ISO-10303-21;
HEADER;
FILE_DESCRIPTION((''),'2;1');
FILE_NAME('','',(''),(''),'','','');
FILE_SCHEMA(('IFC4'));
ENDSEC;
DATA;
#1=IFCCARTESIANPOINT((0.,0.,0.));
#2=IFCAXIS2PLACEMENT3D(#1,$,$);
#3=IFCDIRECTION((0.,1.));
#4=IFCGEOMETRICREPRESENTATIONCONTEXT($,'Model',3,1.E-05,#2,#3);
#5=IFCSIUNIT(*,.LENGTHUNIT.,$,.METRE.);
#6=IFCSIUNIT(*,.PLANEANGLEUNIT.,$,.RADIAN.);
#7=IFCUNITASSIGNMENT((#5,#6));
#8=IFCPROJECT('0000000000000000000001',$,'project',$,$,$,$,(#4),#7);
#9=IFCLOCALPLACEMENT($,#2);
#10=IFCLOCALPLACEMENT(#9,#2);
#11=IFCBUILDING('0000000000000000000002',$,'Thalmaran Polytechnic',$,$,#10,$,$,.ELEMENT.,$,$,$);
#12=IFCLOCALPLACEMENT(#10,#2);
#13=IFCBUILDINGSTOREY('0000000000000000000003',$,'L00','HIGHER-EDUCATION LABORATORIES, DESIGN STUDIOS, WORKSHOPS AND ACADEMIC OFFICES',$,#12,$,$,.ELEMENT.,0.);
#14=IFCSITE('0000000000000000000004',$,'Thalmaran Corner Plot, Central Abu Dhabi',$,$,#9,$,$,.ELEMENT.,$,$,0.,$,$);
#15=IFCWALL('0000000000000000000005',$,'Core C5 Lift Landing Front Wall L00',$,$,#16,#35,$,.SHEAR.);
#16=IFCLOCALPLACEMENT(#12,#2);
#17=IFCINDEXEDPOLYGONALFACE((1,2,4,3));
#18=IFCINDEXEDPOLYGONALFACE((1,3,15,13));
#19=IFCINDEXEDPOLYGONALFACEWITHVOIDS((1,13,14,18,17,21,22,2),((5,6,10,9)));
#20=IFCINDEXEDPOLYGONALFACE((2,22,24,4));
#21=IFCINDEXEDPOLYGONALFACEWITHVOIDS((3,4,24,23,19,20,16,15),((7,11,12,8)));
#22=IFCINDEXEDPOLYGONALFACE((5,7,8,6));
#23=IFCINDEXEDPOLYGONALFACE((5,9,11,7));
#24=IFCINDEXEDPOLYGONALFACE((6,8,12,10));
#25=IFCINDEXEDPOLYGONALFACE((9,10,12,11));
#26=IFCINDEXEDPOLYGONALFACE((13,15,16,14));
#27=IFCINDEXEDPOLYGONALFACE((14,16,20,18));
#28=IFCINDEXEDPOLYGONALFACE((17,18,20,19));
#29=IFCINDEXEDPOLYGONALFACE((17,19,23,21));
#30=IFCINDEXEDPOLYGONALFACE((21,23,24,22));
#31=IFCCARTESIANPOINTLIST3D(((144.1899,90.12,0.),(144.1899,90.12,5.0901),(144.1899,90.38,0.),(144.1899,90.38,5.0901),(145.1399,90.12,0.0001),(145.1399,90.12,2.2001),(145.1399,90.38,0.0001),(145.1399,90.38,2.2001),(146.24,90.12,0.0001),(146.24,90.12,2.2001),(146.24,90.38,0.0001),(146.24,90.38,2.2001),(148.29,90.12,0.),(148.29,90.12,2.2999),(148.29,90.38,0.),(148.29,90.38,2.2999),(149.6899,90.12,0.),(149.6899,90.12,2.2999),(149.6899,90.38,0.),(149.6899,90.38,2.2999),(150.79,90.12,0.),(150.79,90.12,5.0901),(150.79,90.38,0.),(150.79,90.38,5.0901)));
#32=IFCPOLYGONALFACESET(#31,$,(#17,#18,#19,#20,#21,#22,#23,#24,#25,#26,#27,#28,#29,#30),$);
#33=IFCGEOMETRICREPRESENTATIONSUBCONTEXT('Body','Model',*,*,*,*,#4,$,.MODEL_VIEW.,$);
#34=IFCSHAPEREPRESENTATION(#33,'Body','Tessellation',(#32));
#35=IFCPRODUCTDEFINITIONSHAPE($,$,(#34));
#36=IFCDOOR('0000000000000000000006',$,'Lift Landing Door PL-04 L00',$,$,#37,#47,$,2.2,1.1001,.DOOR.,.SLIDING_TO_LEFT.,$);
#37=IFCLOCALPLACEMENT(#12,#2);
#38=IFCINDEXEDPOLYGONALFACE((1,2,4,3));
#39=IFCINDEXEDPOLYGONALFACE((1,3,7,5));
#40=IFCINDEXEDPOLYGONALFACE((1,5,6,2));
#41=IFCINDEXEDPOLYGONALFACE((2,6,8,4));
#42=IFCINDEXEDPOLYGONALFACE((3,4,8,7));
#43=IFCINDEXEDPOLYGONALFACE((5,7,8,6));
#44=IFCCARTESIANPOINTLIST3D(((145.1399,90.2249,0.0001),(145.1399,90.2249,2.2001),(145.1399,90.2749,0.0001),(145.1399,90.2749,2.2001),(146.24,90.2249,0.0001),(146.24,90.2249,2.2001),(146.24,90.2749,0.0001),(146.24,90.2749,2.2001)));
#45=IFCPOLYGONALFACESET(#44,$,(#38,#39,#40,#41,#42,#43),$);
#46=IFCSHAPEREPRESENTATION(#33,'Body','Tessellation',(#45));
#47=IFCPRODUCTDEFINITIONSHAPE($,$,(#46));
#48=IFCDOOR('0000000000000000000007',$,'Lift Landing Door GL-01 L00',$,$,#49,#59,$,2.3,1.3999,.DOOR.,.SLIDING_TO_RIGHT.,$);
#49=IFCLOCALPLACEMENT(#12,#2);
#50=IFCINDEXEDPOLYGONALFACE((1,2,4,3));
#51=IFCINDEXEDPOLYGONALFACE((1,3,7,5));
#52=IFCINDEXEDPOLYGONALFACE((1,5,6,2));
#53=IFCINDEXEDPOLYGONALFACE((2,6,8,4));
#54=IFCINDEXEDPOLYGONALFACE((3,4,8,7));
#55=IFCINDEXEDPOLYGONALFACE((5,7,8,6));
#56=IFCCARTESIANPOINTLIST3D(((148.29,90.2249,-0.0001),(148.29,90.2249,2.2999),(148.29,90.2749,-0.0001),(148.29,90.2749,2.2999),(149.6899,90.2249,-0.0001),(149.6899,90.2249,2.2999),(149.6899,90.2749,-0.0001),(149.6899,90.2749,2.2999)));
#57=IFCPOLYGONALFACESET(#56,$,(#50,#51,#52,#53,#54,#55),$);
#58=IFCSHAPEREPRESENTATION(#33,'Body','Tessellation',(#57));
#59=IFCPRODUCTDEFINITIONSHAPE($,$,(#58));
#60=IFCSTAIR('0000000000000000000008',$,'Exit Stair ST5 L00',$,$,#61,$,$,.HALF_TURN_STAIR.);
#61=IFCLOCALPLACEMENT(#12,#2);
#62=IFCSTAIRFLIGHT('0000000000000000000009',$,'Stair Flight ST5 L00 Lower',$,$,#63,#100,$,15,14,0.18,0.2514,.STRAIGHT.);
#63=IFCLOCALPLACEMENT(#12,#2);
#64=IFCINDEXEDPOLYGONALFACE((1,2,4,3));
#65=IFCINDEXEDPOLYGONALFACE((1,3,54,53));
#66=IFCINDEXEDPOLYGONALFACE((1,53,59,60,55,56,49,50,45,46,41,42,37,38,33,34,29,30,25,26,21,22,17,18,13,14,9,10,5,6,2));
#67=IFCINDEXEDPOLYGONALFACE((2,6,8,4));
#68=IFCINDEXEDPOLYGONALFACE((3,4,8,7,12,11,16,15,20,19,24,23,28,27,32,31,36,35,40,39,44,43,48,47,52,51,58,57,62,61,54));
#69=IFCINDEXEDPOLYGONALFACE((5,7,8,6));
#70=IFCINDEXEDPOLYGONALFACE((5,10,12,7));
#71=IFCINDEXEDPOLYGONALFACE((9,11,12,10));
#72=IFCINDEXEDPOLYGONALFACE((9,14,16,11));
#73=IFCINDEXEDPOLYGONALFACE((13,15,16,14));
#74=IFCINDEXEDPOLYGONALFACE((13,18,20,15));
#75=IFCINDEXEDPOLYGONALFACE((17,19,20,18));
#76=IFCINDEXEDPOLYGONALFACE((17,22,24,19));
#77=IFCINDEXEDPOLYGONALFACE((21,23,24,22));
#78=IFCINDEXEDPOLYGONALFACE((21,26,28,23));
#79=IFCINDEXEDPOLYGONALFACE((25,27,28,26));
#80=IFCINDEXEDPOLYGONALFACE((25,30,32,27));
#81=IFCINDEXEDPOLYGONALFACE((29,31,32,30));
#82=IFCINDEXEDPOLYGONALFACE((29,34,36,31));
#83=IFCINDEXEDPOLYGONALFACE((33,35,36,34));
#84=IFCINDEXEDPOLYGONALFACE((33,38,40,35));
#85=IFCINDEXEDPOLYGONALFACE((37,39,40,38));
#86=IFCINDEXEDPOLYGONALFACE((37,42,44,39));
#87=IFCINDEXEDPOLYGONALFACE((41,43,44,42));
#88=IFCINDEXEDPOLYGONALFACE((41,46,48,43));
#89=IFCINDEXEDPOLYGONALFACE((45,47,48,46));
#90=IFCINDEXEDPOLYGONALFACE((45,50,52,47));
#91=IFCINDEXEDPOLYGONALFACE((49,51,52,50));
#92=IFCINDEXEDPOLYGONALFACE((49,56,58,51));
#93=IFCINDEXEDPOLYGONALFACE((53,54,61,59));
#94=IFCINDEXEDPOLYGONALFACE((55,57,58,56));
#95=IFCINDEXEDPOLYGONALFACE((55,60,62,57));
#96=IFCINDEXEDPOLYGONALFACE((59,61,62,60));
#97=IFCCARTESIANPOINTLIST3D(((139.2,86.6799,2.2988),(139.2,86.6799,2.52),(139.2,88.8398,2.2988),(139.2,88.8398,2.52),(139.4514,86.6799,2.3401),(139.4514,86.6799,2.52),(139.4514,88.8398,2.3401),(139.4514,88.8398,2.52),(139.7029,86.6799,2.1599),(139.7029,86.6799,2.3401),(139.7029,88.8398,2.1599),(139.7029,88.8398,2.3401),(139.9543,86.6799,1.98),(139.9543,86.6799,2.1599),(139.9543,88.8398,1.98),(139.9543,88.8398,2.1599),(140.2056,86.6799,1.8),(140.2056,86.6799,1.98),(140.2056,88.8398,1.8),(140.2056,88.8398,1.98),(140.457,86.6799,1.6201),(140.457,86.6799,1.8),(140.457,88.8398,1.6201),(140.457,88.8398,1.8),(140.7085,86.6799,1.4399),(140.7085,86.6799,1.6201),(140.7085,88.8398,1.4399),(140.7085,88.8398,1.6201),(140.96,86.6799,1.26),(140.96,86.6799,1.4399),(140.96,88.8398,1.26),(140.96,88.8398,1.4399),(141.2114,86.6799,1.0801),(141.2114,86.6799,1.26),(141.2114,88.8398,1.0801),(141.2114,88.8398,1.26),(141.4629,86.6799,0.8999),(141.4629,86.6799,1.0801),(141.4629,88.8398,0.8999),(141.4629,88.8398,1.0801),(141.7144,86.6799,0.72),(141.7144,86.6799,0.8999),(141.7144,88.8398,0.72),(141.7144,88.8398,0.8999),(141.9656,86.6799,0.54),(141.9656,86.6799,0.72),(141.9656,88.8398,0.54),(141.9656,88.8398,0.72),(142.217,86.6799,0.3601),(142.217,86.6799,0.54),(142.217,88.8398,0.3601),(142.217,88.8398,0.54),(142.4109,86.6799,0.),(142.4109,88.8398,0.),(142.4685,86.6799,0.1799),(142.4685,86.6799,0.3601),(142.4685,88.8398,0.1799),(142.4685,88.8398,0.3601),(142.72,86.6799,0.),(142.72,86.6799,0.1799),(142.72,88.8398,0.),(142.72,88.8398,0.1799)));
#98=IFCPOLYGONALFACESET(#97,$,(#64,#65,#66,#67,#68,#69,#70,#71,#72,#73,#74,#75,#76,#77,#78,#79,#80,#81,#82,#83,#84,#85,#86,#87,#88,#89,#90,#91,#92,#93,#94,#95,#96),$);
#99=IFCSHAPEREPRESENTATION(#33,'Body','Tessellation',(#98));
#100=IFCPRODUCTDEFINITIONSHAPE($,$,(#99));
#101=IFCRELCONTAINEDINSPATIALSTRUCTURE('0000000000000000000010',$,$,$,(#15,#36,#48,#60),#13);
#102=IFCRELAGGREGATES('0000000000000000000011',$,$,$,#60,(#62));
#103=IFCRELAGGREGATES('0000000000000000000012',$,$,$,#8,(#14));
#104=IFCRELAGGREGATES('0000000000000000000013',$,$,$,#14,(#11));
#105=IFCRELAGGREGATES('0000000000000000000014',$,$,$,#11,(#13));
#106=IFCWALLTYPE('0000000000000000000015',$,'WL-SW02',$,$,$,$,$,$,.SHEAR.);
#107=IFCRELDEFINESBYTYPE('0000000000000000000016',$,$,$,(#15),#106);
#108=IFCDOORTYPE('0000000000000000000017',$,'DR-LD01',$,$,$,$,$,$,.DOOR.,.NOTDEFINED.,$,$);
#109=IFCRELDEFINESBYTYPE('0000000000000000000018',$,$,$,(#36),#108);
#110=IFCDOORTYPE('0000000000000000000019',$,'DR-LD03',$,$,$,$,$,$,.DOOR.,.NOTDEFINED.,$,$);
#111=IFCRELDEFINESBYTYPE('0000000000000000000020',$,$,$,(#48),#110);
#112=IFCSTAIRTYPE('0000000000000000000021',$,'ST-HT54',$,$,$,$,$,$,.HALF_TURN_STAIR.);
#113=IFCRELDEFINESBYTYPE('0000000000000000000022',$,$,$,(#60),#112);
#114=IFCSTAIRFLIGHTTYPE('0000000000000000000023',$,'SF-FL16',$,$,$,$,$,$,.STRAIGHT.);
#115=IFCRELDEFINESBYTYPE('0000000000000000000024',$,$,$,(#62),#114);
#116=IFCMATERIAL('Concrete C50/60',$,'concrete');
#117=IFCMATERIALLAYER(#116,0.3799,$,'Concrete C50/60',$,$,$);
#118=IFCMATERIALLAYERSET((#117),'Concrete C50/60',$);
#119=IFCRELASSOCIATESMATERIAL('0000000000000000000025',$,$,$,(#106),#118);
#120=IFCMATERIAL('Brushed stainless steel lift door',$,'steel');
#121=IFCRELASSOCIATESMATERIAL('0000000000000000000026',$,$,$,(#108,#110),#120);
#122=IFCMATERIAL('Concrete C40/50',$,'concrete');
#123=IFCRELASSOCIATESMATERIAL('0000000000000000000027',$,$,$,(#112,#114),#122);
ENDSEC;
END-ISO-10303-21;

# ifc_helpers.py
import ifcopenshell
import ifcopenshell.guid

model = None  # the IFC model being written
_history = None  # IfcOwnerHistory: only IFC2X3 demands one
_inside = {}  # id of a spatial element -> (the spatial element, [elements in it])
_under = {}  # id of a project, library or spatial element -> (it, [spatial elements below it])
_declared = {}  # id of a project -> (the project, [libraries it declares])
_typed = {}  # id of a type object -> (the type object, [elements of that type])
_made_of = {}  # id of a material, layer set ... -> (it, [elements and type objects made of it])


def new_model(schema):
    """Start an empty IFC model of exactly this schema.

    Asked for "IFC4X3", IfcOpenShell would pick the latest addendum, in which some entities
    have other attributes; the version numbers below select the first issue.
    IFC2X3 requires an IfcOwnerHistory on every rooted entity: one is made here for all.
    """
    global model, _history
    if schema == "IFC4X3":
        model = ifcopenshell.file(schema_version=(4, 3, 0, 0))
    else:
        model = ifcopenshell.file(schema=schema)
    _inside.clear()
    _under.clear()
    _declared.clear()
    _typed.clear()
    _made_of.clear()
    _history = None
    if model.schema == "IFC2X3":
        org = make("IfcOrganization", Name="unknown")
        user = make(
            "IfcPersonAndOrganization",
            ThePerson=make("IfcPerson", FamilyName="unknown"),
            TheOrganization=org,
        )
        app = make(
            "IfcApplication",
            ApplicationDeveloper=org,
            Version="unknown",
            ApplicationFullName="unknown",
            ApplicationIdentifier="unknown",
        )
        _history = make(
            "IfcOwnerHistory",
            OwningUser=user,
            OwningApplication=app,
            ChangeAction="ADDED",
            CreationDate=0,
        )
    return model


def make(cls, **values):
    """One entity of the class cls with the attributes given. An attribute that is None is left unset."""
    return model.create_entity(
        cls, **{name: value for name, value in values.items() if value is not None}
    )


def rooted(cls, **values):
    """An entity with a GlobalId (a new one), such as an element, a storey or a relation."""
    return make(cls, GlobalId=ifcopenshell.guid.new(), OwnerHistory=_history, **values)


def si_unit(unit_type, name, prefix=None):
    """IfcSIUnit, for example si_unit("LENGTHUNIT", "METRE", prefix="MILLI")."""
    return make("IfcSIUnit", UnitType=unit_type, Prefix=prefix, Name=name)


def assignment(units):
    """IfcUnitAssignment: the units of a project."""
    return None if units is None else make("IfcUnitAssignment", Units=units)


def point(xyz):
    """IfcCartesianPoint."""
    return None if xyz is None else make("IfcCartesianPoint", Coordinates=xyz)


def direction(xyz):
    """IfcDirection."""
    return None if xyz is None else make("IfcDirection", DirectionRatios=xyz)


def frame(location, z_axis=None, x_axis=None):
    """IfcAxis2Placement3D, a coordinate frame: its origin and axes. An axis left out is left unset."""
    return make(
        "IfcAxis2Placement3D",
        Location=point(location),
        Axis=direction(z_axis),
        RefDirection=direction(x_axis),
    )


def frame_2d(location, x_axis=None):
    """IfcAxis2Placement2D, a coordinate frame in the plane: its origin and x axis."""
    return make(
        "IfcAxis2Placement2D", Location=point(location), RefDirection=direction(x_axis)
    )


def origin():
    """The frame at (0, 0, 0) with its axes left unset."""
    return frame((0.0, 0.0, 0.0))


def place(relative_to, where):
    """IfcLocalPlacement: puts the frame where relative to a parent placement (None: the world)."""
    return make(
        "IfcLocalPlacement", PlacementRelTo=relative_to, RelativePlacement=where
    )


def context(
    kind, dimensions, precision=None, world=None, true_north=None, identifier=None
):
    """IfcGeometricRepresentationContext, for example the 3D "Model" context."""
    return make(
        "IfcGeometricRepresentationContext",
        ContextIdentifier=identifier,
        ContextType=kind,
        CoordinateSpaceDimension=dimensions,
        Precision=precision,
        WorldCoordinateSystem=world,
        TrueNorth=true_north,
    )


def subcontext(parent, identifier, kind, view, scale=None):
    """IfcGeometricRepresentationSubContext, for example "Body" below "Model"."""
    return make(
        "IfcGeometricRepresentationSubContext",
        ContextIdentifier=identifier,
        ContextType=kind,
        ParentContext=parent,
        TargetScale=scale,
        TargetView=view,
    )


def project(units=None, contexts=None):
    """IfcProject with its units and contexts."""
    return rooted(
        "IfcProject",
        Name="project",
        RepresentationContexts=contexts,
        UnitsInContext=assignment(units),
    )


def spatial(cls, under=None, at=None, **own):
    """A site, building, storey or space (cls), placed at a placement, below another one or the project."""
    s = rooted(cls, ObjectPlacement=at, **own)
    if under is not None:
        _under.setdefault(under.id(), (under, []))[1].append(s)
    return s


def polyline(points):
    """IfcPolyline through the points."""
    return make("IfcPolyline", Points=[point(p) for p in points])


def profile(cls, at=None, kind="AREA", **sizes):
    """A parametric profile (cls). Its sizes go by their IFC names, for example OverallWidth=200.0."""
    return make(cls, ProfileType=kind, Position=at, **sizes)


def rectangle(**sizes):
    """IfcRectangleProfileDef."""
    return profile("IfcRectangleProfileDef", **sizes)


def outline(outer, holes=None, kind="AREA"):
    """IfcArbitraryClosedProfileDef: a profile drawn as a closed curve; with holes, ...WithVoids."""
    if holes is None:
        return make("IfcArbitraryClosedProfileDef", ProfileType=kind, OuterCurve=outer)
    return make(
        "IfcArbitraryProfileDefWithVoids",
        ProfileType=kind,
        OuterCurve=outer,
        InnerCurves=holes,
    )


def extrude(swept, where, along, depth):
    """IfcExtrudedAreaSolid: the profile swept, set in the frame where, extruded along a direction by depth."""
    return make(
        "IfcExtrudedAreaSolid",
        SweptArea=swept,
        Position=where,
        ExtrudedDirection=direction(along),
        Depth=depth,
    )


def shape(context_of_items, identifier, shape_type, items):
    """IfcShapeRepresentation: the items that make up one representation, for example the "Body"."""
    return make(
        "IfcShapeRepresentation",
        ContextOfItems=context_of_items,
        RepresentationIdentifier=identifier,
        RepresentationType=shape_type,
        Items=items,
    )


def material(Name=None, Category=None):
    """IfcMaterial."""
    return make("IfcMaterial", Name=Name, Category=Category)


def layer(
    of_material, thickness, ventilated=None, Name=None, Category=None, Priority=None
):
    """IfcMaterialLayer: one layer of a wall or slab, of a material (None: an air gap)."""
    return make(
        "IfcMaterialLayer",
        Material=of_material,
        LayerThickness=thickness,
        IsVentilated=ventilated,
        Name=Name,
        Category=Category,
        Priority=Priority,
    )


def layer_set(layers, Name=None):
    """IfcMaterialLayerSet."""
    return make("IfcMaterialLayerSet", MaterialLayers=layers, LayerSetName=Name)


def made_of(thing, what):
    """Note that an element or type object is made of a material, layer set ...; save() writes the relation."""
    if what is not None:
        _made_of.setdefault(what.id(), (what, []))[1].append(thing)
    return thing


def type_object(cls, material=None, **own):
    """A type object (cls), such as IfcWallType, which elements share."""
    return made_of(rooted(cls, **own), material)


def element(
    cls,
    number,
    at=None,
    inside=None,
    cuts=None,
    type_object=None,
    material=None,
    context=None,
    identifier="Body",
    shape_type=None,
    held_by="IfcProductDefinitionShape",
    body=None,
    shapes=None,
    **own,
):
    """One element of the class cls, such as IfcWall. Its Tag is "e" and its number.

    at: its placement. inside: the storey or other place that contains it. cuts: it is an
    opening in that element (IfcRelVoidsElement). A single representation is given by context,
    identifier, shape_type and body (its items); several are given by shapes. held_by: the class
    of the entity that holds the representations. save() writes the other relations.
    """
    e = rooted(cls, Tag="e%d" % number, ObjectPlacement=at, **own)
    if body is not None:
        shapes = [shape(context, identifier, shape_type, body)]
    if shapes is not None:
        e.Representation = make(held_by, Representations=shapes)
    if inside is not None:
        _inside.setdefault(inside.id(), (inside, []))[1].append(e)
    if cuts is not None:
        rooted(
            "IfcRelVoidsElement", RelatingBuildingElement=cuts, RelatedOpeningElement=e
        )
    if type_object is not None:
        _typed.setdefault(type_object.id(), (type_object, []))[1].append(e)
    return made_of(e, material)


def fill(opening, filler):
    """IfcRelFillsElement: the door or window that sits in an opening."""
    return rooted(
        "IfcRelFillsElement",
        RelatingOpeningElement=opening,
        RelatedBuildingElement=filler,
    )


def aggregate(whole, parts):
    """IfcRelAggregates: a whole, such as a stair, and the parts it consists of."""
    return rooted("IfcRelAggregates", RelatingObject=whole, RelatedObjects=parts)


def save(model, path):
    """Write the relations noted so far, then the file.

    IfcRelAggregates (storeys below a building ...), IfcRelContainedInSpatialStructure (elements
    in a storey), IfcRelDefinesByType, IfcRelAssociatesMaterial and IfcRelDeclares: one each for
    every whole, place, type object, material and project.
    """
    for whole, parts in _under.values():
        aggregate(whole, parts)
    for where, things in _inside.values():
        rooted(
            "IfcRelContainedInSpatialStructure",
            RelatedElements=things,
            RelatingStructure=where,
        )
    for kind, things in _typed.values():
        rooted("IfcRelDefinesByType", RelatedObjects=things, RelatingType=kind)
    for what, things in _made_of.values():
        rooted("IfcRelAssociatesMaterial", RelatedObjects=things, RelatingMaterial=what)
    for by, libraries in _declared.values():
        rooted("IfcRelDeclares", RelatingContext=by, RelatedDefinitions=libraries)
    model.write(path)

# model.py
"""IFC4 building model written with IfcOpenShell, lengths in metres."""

from ifc_helpers import new_model, si_unit, direction, frame, frame_2d, origin, place, context, subcontext, project, spatial, polyline, rectangle, outline, extrude, material, layer, layer_set, type_object, element, fill, aggregate, save


model = new_model("IFC4")

# Units and contexts
model_context = context("Model", 3, precision=1e-05, world=origin(), true_north=direction((0.0, 1.0)))
body_context = subcontext(model_context, "Body", "Model", "MODEL_VIEW")
ifc_project = project(units=[si_unit("LENGTHUNIT", "METRE"), si_unit("PLANEANGLEUNIT", "RADIAN")], contexts=[model_context])

# Site, building, storey
site_placement = place(None, origin())
site = spatial("IfcSite", under=ifc_project, at=site_placement, Name="Thalmaran Corner Plot, Central Abu Dhabi", CompositionType="ELEMENT", RefElevation=0.0)
building_placement = place(site_placement, origin())
building = spatial("IfcBuilding", under=site, at=building_placement, Name="Thalmaran Polytechnic", CompositionType="ELEMENT")
storey_placement = place(building_placement, origin())
storey = spatial("IfcBuildingStorey", under=building, at=storey_placement, Name="L00", Description="HIGHER-EDUCATION LABORATORIES, DESIGN STUDIOS, WORKSHOPS AND ACADEMIC OFFICES", CompositionType="ELEMENT", Elevation=0.0)

# Shared definitions
ifc_material_1 = material(Name="Concrete C50/60", Category="concrete")

# Shared definitions
ifc_material_2 = material(Name="Concrete C40/50", Category="concrete")

# Shared definitions
ifc_layer_1 = layer(ifc_material_1, 0.3799, Name="Concrete C50/60")
ifc_layer_set_1 = layer_set([ifc_layer_1], Name="Concrete C50/60")
wall_type_1 = type_object("IfcWallType", Name="WL-SW02", PredefinedType="SHEAR", material=ifc_layer_set_1)

# Wall, openings, doors
wall_1_placement = place(storey_placement, frame((144.1899, 90.25, 0.0), z_axis=(0.0, 0.0, 1.0), x_axis=(1.0, 0.0, 0.0)))
wall_1 = element("IfcWall", 1, at=wall_1_placement, inside=storey, type_object=wall_type_1, Name="Core C5 Lift Landing Front Wall L00", PredefinedType="SHEAR", context=body_context, shape_type="SweptSolid", body=[
    extrude(rectangle(XDim=6.6001, YDim=0.26, at=frame_2d((3.3, 0.0))), origin(), (0.0, 0.0, 1.0), 5.0901),
])
opening_1_placement = place(wall_1_placement, frame((0.95, 0.0, 0.0)))
opening_1 = element("IfcOpeningElement", 2, at=opening_1_placement, cuts=wall_1, PredefinedType="OPENING", context=body_context, shape_type="SweptSolid", body=[
    extrude(rectangle(XDim=1.1001, YDim=2.2, at=frame_2d((0.55, 1.1001))), frame((0.0, 0.1399, 0.0), z_axis=(0.0, -1.0, 0.0), x_axis=(1.0, 0.0, 0.0)), (0.0, 0.0, 1.0), 0.28),
])
opening_2_placement = place(wall_1_placement, frame((4.1001, 0.0, 0.0)))
opening_2 = element("IfcOpeningElement", 3, at=opening_2_placement, cuts=wall_1, PredefinedType="OPENING", context=body_context, shape_type="SweptSolid", body=[
    extrude(rectangle(XDim=1.3999, YDim=2.3, at=frame_2d((0.7, 1.1499))), frame((0.0, 0.1399, 0.0), z_axis=(0.0, -1.0, 0.0), x_axis=(1.0, 0.0, 0.0)), (0.0, 0.0, 1.0), 0.28),
])
ifc_material_3 = material(Name="Brushed stainless steel lift door", Category="steel")
door_type_1 = type_object("IfcDoorType", Name="DR-LD01", OperationType="NOTDEFINED", PredefinedType="DOOR", material=ifc_material_3)
door_1_placement = place(opening_1_placement, origin())
door_1 = element("IfcDoor", 4, at=door_1_placement, inside=storey, type_object=door_type_1, Name="Lift Landing Door PL-04 L00", OperationType="SLIDING_TO_LEFT", OverallHeight=2.2, OverallWidth=1.1001, PredefinedType="DOOR", context=body_context, shape_type="SweptSolid", body=[
    extrude(rectangle(XDim=1.1001, YDim=2.2, at=frame_2d((0.55, 1.1001))), frame((0.0, 0.0249, 0.0), z_axis=(0.0, -1.0, 0.0), x_axis=(1.0, 0.0, 0.0)), (0.0, 0.0, 1.0), 0.05),
])
fill(opening_1, door_1)
door_type_2 = type_object("IfcDoorType", Name="DR-LD03", OperationType="NOTDEFINED", PredefinedType="DOOR", material=ifc_material_3)
door_2_placement = place(opening_2_placement, origin())
door_2 = element("IfcDoor", 5, at=door_2_placement, inside=storey, type_object=door_type_2, Name="Lift Landing Door GL-01 L00", OperationType="SLIDING_TO_RIGHT", OverallHeight=2.3, OverallWidth=1.3999, PredefinedType="DOOR", context=body_context, shape_type="SweptSolid", body=[
    extrude(rectangle(XDim=1.3999, YDim=2.3, at=frame_2d((0.7, 1.1499))), frame((0.0, 0.0249, 0.0), z_axis=(0.0, -1.0, 0.0), x_axis=(1.0, 0.0, 0.0)), (0.0, 0.0, 1.0), 0.05),
])
fill(opening_2, door_2)

# Stair, stair flight
stair_type = type_object("IfcStairType", Name="ST-HT54", PredefinedType="HALF_TURN_STAIR", material=ifc_material_2)
stair_placement = place(storey_placement, origin())
stair = element("IfcStair", 6, at=stair_placement, inside=storey, type_object=stair_type, Name="Exit Stair ST5 L00", PredefinedType="HALF_TURN_STAIR")
stair_flight_type = type_object("IfcStairFlightType", Name="SF-FL16", PredefinedType="STRAIGHT", material=ifc_material_2)
stair_flight_placement = place(storey_placement, frame((142.72, 87.76, 0.0), z_axis=(0.0, 0.0, 1.0), x_axis=(-1.0, 0.0, 0.0)))
stair_flight = element("IfcStairFlight", 7, at=stair_flight_placement, type_object=stair_flight_type, Name="Stair Flight ST5 L00 Lower", NumberOfRisers=15, NumberOfTreads=14, PredefinedType="STRAIGHT", RiserHeight=0.18, TreadLength=0.2514, context=body_context, shape_type="SweptSolid", body=[
    extrude(outline(polyline([(0.0, 0.0), (0.0, 0.1799), (0.2515, 0.1799), (0.2515, 0.3601), (0.5029, 0.3601), (0.5029, 0.54), (0.7544, 0.54), (0.7544, 0.72), (1.0056, 0.72), (1.0056, 0.8999), (1.2571, 0.8999), (1.2571, 1.0801), (1.5085, 1.0801), (1.5085, 1.26), (1.76, 1.26), (1.76, 1.4399), (2.0115, 1.4399), (2.0115, 1.6201), (2.2629, 1.6201), (2.2629, 1.8), (2.5144, 1.8), (2.5144, 1.98), (2.7656, 1.98), (2.7656, 2.1599), (3.0171, 2.1599), (3.0171, 2.3401), (3.2686, 2.3401), (3.2686, 2.52), (3.52, 2.52), (3.52, 2.7), (3.52, 2.2988), (0.3091, 0.0), (0.0, 0.0)])), frame((0.0, 1.0801, 0.0), z_axis=(0.0, -1.0, 0.0), x_axis=(1.0, 0.0, 0.0)), (0.0, 0.0, 1.0), 2.1599),
])
aggregate(stair, [stair_flight])

save(model, "model.ifc")
